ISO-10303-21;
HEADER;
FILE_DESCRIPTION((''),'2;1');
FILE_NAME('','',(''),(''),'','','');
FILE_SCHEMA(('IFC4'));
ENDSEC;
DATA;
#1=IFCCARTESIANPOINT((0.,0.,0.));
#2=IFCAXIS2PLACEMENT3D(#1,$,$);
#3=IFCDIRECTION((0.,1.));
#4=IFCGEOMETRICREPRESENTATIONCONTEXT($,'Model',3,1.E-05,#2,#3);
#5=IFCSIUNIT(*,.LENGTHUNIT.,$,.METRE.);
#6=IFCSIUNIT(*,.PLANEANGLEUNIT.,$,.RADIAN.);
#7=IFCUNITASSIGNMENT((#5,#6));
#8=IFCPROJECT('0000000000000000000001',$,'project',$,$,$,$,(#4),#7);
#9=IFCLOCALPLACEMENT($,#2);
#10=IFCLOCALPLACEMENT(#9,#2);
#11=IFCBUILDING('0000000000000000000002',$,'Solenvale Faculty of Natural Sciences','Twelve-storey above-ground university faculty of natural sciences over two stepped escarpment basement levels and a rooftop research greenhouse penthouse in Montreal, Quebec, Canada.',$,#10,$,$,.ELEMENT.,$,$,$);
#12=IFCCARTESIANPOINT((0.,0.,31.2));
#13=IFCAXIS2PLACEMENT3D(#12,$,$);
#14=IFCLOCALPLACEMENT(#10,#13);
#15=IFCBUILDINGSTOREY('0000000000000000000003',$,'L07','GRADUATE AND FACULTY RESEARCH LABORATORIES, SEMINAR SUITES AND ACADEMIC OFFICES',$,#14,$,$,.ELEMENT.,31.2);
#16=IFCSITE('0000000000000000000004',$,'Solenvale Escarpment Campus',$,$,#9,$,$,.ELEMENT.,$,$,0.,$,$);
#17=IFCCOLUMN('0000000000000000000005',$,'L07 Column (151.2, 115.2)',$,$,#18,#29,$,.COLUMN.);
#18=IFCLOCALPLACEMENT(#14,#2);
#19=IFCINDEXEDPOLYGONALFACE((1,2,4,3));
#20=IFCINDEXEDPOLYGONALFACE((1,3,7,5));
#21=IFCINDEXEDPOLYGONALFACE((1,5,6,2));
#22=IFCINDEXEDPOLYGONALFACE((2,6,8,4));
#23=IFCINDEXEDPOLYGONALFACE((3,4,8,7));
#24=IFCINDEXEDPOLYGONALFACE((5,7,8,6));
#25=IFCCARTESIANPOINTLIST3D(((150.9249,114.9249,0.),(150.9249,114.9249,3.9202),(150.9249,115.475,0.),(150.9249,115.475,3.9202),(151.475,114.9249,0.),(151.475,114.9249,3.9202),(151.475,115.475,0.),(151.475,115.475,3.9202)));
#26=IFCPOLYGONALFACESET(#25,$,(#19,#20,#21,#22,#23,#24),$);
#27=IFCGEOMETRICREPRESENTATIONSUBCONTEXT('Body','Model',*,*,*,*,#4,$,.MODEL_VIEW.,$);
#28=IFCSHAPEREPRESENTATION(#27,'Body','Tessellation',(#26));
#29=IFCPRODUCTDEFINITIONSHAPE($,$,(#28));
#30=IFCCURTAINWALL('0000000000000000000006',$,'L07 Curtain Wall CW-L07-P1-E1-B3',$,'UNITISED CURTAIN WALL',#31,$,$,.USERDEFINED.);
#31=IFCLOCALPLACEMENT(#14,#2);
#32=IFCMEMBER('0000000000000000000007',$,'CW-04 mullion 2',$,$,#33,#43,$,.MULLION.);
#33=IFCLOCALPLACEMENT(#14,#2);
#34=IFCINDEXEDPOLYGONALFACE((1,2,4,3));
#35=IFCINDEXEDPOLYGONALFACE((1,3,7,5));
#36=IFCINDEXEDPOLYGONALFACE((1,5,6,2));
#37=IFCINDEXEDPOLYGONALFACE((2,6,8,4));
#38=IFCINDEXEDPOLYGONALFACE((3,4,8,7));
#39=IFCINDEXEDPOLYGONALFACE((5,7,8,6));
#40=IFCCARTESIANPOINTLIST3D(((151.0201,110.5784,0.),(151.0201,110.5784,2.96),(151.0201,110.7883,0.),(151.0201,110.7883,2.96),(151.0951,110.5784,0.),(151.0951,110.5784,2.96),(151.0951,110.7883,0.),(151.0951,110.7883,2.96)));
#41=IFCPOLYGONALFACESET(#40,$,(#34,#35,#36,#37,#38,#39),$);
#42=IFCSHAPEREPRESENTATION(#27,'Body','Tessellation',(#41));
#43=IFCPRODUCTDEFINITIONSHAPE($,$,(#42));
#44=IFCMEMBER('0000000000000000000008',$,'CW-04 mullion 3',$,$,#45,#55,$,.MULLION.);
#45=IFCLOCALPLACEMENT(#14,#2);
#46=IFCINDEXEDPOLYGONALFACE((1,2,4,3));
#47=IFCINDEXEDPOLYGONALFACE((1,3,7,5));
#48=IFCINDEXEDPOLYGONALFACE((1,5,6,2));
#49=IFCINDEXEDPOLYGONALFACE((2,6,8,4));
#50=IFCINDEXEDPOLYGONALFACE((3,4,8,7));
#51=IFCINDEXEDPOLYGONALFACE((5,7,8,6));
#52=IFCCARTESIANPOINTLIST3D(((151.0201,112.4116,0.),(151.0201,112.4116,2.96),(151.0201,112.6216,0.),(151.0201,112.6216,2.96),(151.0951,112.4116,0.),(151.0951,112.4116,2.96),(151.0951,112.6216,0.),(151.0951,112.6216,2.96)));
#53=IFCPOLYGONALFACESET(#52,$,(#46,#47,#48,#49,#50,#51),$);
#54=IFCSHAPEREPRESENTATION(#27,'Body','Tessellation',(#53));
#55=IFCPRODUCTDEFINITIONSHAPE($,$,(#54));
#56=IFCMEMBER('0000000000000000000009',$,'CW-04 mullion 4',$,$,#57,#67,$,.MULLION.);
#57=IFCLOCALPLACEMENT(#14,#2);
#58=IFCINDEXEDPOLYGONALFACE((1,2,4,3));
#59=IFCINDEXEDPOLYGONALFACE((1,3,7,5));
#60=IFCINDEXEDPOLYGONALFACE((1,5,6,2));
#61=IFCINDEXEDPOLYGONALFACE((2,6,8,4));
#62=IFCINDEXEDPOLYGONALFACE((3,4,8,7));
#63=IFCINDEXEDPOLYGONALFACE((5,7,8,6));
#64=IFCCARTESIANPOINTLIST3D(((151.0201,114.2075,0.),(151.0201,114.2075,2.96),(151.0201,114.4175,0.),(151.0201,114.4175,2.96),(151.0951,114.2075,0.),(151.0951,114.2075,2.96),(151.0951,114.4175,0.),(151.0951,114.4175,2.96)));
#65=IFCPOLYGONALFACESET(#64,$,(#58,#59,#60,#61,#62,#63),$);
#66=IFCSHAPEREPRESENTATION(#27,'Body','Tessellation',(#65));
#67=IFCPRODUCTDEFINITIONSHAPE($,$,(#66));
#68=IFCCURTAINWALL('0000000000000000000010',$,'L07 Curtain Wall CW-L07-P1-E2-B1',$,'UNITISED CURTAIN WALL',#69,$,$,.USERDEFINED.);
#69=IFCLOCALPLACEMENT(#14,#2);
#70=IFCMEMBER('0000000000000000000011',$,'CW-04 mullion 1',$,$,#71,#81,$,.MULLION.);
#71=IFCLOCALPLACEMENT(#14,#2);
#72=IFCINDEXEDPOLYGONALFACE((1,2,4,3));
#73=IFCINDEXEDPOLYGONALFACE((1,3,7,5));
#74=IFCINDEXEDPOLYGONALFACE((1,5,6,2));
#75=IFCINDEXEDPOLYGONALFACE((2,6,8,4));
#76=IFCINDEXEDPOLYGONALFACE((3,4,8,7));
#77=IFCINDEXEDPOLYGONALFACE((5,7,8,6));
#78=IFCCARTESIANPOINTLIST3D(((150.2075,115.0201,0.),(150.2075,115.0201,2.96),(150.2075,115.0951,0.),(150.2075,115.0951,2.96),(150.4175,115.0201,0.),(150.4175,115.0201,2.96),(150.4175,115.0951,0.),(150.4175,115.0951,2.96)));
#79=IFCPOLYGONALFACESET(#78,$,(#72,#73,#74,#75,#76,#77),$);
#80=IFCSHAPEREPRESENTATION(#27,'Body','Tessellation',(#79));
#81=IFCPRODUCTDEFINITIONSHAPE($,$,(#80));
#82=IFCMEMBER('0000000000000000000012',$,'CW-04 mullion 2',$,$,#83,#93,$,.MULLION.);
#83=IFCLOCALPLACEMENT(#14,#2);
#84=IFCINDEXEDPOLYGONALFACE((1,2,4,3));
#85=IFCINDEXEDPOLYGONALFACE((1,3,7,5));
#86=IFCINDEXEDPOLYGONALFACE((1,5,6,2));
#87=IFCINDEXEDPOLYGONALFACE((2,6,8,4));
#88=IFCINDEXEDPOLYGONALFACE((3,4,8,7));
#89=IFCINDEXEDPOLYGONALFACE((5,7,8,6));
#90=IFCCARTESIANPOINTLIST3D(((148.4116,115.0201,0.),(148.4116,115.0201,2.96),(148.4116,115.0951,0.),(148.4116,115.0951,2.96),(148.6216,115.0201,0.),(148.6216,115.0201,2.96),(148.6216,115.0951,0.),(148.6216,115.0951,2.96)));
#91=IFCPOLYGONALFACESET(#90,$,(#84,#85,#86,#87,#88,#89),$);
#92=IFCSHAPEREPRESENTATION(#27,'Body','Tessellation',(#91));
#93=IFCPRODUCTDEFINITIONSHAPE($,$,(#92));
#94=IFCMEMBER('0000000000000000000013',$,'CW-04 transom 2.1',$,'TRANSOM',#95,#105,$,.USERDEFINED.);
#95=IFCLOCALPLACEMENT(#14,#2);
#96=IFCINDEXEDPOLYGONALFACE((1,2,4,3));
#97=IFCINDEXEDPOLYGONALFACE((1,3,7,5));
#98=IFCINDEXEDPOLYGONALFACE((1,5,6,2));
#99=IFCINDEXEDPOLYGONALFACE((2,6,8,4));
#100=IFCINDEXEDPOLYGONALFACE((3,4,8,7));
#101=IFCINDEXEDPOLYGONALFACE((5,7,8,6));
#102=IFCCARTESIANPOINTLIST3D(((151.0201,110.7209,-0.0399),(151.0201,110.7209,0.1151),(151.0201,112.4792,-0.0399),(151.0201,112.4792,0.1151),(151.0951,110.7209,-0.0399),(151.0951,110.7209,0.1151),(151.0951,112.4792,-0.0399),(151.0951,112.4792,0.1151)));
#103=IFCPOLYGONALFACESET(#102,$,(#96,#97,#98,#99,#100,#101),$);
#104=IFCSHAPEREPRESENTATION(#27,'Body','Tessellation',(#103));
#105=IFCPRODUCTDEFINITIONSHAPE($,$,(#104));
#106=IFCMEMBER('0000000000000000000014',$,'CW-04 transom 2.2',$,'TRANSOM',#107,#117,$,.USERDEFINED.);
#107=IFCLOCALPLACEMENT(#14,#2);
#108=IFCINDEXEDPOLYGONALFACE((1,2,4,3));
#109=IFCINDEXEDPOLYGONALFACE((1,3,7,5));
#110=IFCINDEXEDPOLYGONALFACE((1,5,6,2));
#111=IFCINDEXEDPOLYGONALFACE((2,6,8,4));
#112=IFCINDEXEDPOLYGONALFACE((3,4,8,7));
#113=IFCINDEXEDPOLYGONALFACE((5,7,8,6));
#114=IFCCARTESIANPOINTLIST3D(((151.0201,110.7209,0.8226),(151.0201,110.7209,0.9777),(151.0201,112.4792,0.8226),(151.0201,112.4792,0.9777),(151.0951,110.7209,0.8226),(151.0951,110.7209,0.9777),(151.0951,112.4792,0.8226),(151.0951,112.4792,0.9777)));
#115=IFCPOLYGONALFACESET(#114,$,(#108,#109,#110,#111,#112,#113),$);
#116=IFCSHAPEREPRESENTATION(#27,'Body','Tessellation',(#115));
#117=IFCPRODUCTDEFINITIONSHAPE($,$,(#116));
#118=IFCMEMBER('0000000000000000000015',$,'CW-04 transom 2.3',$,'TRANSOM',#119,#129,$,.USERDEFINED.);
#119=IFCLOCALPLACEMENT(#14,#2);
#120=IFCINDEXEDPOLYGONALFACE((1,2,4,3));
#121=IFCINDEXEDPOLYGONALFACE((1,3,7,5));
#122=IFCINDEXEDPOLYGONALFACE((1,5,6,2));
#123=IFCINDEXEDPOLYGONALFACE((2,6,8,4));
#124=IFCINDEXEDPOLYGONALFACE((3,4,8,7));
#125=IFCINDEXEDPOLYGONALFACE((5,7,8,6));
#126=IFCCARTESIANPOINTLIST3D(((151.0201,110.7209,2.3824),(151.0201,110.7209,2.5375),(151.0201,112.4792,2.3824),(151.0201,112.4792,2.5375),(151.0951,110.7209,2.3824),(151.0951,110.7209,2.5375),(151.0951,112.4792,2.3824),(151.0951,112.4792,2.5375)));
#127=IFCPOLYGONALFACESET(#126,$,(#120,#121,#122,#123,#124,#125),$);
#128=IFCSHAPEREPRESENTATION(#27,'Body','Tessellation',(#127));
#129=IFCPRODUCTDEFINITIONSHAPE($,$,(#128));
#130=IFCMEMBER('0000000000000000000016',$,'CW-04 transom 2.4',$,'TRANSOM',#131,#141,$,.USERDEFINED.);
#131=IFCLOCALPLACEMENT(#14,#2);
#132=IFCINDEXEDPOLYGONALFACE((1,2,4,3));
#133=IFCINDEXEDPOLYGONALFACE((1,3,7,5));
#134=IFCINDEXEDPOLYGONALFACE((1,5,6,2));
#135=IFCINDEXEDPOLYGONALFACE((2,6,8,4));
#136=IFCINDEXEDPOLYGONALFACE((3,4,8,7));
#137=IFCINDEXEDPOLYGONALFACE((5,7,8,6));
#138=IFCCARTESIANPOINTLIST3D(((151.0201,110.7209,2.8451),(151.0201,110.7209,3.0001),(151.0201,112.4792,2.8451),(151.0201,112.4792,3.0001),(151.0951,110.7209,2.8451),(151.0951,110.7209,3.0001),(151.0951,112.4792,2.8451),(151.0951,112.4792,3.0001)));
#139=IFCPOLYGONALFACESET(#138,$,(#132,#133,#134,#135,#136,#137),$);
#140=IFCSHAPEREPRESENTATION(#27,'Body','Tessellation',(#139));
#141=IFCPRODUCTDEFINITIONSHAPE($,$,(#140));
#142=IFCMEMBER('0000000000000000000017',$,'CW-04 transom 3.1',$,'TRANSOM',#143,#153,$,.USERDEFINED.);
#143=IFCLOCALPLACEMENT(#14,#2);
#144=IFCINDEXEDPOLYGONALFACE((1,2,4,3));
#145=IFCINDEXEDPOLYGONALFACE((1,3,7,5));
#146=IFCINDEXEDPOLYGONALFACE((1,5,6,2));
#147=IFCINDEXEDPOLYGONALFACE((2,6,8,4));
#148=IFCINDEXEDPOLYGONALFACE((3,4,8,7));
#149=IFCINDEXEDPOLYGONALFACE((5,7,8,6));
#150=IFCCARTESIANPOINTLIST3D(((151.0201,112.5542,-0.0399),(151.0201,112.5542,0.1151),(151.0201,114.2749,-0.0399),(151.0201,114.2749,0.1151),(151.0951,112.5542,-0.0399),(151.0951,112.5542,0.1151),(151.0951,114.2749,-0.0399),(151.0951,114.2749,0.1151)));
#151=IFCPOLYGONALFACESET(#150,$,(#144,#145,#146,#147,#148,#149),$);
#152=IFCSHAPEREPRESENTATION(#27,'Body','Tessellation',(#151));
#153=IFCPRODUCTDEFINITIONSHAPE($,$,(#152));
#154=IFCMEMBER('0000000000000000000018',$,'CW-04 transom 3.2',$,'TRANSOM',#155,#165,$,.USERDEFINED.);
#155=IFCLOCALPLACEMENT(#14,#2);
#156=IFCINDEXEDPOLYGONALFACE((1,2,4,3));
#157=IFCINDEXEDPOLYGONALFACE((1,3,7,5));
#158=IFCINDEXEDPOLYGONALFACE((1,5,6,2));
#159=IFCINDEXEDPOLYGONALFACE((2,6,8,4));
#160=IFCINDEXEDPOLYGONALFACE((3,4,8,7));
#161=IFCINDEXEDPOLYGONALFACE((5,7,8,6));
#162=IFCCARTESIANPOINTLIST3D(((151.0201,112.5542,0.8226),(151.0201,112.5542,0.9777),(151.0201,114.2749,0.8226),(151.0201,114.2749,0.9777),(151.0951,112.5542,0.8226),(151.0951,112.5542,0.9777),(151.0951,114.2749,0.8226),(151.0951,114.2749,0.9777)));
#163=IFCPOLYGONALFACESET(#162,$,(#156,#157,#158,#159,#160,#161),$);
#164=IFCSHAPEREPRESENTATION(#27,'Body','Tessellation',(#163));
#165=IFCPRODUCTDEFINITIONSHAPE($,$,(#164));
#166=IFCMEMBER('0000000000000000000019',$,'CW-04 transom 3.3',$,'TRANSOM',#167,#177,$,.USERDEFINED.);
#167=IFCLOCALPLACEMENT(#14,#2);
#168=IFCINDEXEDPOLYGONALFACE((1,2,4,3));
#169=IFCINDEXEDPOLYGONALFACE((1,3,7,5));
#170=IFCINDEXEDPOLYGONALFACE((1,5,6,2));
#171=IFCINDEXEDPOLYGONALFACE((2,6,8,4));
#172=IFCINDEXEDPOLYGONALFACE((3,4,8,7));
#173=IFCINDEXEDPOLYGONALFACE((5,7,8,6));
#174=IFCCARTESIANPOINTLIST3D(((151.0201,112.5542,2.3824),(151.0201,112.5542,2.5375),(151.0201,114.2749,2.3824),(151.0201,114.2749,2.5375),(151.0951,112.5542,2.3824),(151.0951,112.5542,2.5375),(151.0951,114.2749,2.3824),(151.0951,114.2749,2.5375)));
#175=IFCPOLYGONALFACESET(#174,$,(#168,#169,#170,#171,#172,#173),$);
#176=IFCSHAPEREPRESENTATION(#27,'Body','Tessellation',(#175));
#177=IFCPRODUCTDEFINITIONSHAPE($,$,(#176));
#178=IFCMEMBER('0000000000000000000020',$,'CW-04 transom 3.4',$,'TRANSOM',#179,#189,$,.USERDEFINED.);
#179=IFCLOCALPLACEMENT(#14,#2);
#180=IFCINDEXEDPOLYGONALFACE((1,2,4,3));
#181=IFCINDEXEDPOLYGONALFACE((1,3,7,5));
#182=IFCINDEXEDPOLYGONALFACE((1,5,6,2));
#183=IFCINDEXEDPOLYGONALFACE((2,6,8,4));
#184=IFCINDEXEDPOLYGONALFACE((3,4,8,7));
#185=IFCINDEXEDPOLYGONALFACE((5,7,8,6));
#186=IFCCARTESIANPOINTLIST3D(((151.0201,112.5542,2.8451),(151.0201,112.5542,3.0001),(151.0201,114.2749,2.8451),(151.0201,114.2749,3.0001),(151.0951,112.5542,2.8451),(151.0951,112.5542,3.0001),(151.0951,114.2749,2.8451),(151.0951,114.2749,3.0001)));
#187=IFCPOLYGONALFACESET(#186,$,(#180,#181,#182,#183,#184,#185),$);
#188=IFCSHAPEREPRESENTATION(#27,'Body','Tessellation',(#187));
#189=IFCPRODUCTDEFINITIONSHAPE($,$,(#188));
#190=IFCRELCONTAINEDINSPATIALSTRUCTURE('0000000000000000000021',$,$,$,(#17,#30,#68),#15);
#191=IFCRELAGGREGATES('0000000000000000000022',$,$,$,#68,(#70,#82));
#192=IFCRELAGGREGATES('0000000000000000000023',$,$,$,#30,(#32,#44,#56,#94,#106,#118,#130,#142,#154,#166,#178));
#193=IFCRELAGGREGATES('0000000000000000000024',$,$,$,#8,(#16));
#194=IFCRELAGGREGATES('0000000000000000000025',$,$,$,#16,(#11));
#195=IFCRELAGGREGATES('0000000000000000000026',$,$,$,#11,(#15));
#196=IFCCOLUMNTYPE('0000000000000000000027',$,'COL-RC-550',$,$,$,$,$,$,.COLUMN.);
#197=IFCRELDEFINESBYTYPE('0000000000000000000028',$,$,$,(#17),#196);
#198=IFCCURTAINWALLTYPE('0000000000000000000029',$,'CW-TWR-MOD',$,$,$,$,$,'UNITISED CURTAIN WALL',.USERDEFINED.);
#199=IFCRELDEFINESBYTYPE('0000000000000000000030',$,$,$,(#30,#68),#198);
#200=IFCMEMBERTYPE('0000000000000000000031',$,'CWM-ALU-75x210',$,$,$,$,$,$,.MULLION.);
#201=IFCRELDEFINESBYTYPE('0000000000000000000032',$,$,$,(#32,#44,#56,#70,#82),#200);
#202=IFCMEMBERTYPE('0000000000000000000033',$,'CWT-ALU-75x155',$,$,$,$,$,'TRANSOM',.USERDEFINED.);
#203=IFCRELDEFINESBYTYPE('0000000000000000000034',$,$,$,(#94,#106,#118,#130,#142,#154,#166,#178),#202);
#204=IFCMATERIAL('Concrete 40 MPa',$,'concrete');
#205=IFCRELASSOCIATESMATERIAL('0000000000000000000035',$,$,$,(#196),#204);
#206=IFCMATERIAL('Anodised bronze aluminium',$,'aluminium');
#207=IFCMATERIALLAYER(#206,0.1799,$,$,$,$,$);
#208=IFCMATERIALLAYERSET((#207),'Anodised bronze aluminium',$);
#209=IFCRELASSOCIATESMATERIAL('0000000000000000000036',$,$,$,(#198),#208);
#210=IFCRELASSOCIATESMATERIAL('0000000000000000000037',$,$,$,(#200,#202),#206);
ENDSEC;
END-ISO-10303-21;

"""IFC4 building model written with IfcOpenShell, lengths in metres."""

from ifc_helpers import new_model, si_unit, direction, frame, origin, origin_2d, place, context, subcontext, project, spatial, rectangle, extrude, material, layer, layer_set, material_profile, profile_set, type_object, element, aggregate, save


model = new_model("IFC4")

# Units and contexts
model_context = context("Model", 3, precision=1e-05, world=origin(), true_north=direction((0.0, 1.0)))
body_context = subcontext(model_context, "Body", "Model", "MODEL_VIEW")
ifc_project = project(units=[si_unit("LENGTHUNIT", "METRE"), si_unit("PLANEANGLEUNIT", "RADIAN")], contexts=[model_context])

# Site, building, storey
site_placement = place(None, origin())
site = spatial("IfcSite", under=ifc_project, at=site_placement, Name="Solenvale Escarpment Campus", CompositionType="ELEMENT", RefElevation=0.0)
building_placement = place(site_placement, origin())
building = spatial("IfcBuilding", under=site, at=building_placement, Name="Solenvale Faculty of Natural Sciences", Description="Twelve-storey above-ground university faculty of natural sciences over two stepped escarpment basement levels and a rooftop research greenhouse penthouse in Montreal, Quebec, Canada.", CompositionType="ELEMENT")
storey_placement = place(building_placement, frame((0.0, 0.0, 31.2)))
storey = spatial("IfcBuildingStorey", under=building, at=storey_placement, Name="L07", Description="GRADUATE AND FACULTY RESEARCH LABORATORIES, SEMINAR SUITES AND ACADEMIC OFFICES", CompositionType="ELEMENT", Elevation=31.2)

# Column
ifc_material_1 = material(Name="Concrete 40 MPa", Category="concrete")
ifc_material_profile_1 = material_profile(ifc_material_1, rectangle(XDim=0.55, YDim=0.55, at=origin_2d()), Name="RC-COL-550x550")
ifc_profile_set_1 = profile_set([ifc_material_profile_1], Name="Concrete 40 MPa")
column_type = type_object("IfcColumnType", Name="COL-RC-550", PredefinedType="COLUMN", material=ifc_profile_set_1)
column_placement = place(storey_placement, frame((151.2, 115.2, 0.0), z_axis=(0.0, 0.0, 1.0), x_axis=(1.0, 0.0, 0.0)))
element("IfcColumn", 1, at=column_placement, inside=storey, type_object=column_type, Name="L07 Column (151.2, 115.2)", PredefinedType="COLUMN", context=body_context, shape_type="SweptSolid", body=[
    extrude(rectangle(XDim=0.55, YDim=0.55, at=origin_2d()), origin(), (0.0, 0.0, 1.0), 3.9202),
])

# Curtain walls, members
ifc_material_2 = material(Name="Anodised bronze aluminium", Category="aluminium")
ifc_layer_1 = layer(ifc_material_2, 0.1799)
ifc_layer_set_1 = layer_set([ifc_layer_1], Name="Anodised bronze aluminium")
curtain_wall_type = type_object("IfcCurtainWallType", Name="CW-TWR-MOD", ElementType="UNITISED CURTAIN WALL", PredefinedType="USERDEFINED", material=ifc_layer_set_1)
curtain_wall_1_placement = place(storey_placement, origin())
curtain_wall_1 = element("IfcCurtainWall", 2, at=curtain_wall_1_placement, inside=storey, type_object=curtain_wall_type, Name="L07 Curtain Wall CW-L07-P1-E1-B3", ObjectType="UNITISED CURTAIN WALL", PredefinedType="USERDEFINED")
ifc_material_profile_2 = material_profile(ifc_material_2, rectangle(XDim=0.075, YDim=0.21, at=origin_2d()), Name="ALU-MUL-75x210")
ifc_profile_set_2 = profile_set([ifc_material_profile_2], Name="Anodised bronze aluminium")
member_type_1 = type_object("IfcMemberType", Name="CWM-ALU-75x210", PredefinedType="MULLION", material=ifc_profile_set_2)
member_1_placement = place(storey_placement, frame((151.0576, 110.6833, 0.0), z_axis=(0.0, 0.0, 1.0), x_axis=(-1.0, 0.0, 0.0)))
member_1 = element("IfcMember", 3, at=member_1_placement, type_object=member_type_1, Name="CW-04 mullion 2", PredefinedType="MULLION", context=body_context, shape_type="SweptSolid", body=[
    extrude(rectangle(XDim=0.075, YDim=0.21, at=origin_2d()), origin(), (0.0, 0.0, 1.0), 2.96),
])
member_2_placement = place(storey_placement, frame((151.0576, 112.5166, 0.0), z_axis=(0.0, 0.0, 1.0), x_axis=(-1.0, 0.0, 0.0)))
member_2 = element("IfcMember", 4, at=member_2_placement, type_object=member_type_1, Name="CW-04 mullion 3", PredefinedType="MULLION", context=body_context, shape_type="SweptSolid", body=[
    extrude(rectangle(XDim=0.075, YDim=0.21, at=origin_2d()), origin(), (0.0, 0.0, 1.0), 2.96),
])
member_3_placement = place(storey_placement, frame((151.0576, 114.3125, 0.0), z_axis=(0.0, 0.0, 1.0), x_axis=(-1.0, 0.0, 0.0)))
member_3 = element("IfcMember", 5, at=member_3_placement, type_object=member_type_1, Name="CW-04 mullion 4", PredefinedType="MULLION", context=body_context, shape_type="SweptSolid", body=[
    extrude(rectangle(XDim=0.075, YDim=0.21, at=origin_2d()), origin(), (0.0, 0.0, 1.0), 2.96),
])
curtain_wall_2_placement = place(storey_placement, origin())
curtain_wall_2 = element("IfcCurtainWall", 6, at=curtain_wall_2_placement, inside=storey, type_object=curtain_wall_type, Name="L07 Curtain Wall CW-L07-P1-E2-B1", ObjectType="UNITISED CURTAIN WALL", PredefinedType="USERDEFINED")
member_4_placement = place(storey_placement, frame((150.3125, 115.0576, 0.0), z_axis=(0.0, 0.0, 1.0), x_axis=(0.0, -1.0, 0.0)))
member_4 = element("IfcMember", 7, at=member_4_placement, type_object=member_type_1, Name="CW-04 mullion 1", PredefinedType="MULLION", context=body_context, shape_type="SweptSolid", body=[
    extrude(rectangle(XDim=0.075, YDim=0.21, at=origin_2d()), origin(), (0.0, 0.0, 1.0), 2.96),
])
member_5_placement = place(storey_placement, frame((148.5166, 115.0576, 0.0), z_axis=(0.0, 0.0, 1.0), x_axis=(0.0, -1.0, 0.0)))
member_5 = element("IfcMember", 8, at=member_5_placement, type_object=member_type_1, Name="CW-04 mullion 2", PredefinedType="MULLION", context=body_context, shape_type="SweptSolid", body=[
    extrude(rectangle(XDim=0.075, YDim=0.21, at=origin_2d()), origin(), (0.0, 0.0, 1.0), 2.96),
])

# Members
ifc_material_profile_3 = material_profile(ifc_material_2, rectangle(XDim=0.075, YDim=0.155, at=origin_2d()), Name="ALU-TRN-75x155")
ifc_profile_set_3 = profile_set([ifc_material_profile_3], Name="Anodised bronze aluminium")
member_type_2 = type_object("IfcMemberType", Name="CWT-ALU-75x155", ElementType="TRANSOM", PredefinedType="USERDEFINED", material=ifc_profile_set_3)
member_6_placement = place(storey_placement, frame((151.0576, 110.7209, 0.0376), z_axis=(0.0, 1.0, 0.0), x_axis=(-1.0, 0.0, 0.0)))
member_6 = element("IfcMember", 9, at=member_6_placement, type_object=member_type_2, Name="CW-04 transom 2.1", ObjectType="TRANSOM", PredefinedType="USERDEFINED", context=body_context, shape_type="SweptSolid", body=[
    extrude(rectangle(XDim=0.075, YDim=0.155, at=origin_2d()), origin(), (0.0, 0.0, 1.0), 1.7583),
])
member_7_placement = place(storey_placement, frame((151.0576, 110.7209, 0.9001), z_axis=(0.0, 1.0, 0.0), x_axis=(-1.0, 0.0, 0.0)))
member_7 = element("IfcMember", 10, at=member_7_placement, type_object=member_type_2, Name="CW-04 transom 2.2", ObjectType="TRANSOM", PredefinedType="USERDEFINED", context=body_context, shape_type="SweptSolid", body=[
    extrude(rectangle(XDim=0.075, YDim=0.155, at=origin_2d()), origin(), (0.0, 0.0, 1.0), 1.7583),
])
member_8_placement = place(storey_placement, frame((151.0576, 110.7209, 2.46), z_axis=(0.0, 1.0, 0.0), x_axis=(-1.0, 0.0, 0.0)))
member_8 = element("IfcMember", 11, at=member_8_placement, type_object=member_type_2, Name="CW-04 transom 2.3", ObjectType="TRANSOM", PredefinedType="USERDEFINED", context=body_context, shape_type="SweptSolid", body=[
    extrude(rectangle(XDim=0.075, YDim=0.155, at=origin_2d()), origin(), (0.0, 0.0, 1.0), 1.7583),
])
member_9_placement = place(storey_placement, frame((151.0576, 110.7209, 2.9226), z_axis=(0.0, 1.0, 0.0), x_axis=(-1.0, 0.0, 0.0)))
member_9 = element("IfcMember", 12, at=member_9_placement, type_object=member_type_2, Name="CW-04 transom 2.4", ObjectType="TRANSOM", PredefinedType="USERDEFINED", context=body_context, shape_type="SweptSolid", body=[
    extrude(rectangle(XDim=0.075, YDim=0.155, at=origin_2d()), origin(), (0.0, 0.0, 1.0), 1.7583),
])
member_10_placement = place(storey_placement, frame((151.0576, 112.5542, 0.0376), z_axis=(0.0, 1.0, 0.0), x_axis=(-1.0, 0.0, 0.0)))
member_10 = element("IfcMember", 13, at=member_10_placement, type_object=member_type_2, Name="CW-04 transom 3.1", ObjectType="TRANSOM", PredefinedType="USERDEFINED", context=body_context, shape_type="SweptSolid", body=[
    extrude(rectangle(XDim=0.075, YDim=0.155, at=origin_2d()), origin(), (0.0, 0.0, 1.0), 1.7207),
])
member_11_placement = place(storey_placement, frame((151.0576, 112.5542, 0.9001), z_axis=(0.0, 1.0, 0.0), x_axis=(-1.0, 0.0, 0.0)))
member_11 = element("IfcMember", 14, at=member_11_placement, type_object=member_type_2, Name="CW-04 transom 3.2", ObjectType="TRANSOM", PredefinedType="USERDEFINED", context=body_context, shape_type="SweptSolid", body=[
    extrude(rectangle(XDim=0.075, YDim=0.155, at=origin_2d()), origin(), (0.0, 0.0, 1.0), 1.7207),
])
member_12_placement = place(storey_placement, frame((151.0576, 112.5542, 2.46), z_axis=(0.0, 1.0, 0.0), x_axis=(-1.0, 0.0, 0.0)))
member_12 = element("IfcMember", 15, at=member_12_placement, type_object=member_type_2, Name="CW-04 transom 3.3", ObjectType="TRANSOM", PredefinedType="USERDEFINED", context=body_context, shape_type="SweptSolid", body=[
    extrude(rectangle(XDim=0.075, YDim=0.155, at=origin_2d()), origin(), (0.0, 0.0, 1.0), 1.7207),
])
member_13_placement = place(storey_placement, frame((151.0576, 112.5542, 2.9226), z_axis=(0.0, 1.0, 0.0), x_axis=(-1.0, 0.0, 0.0)))
member_13 = element("IfcMember", 16, at=member_13_placement, type_object=member_type_2, Name="CW-04 transom 3.4", ObjectType="TRANSOM", PredefinedType="USERDEFINED", context=body_context, shape_type="SweptSolid", body=[
    extrude(rectangle(XDim=0.075, YDim=0.155, at=origin_2d()), origin(), (0.0, 0.0, 1.0), 1.7207),
])

aggregate(curtain_wall_2, [member_4, member_5])
aggregate(curtain_wall_1, [member_1, member_2, member_3, member_6, member_7, member_8, member_9, member_10, member_11, member_12, member_13])

save(model, "model.ifc")
